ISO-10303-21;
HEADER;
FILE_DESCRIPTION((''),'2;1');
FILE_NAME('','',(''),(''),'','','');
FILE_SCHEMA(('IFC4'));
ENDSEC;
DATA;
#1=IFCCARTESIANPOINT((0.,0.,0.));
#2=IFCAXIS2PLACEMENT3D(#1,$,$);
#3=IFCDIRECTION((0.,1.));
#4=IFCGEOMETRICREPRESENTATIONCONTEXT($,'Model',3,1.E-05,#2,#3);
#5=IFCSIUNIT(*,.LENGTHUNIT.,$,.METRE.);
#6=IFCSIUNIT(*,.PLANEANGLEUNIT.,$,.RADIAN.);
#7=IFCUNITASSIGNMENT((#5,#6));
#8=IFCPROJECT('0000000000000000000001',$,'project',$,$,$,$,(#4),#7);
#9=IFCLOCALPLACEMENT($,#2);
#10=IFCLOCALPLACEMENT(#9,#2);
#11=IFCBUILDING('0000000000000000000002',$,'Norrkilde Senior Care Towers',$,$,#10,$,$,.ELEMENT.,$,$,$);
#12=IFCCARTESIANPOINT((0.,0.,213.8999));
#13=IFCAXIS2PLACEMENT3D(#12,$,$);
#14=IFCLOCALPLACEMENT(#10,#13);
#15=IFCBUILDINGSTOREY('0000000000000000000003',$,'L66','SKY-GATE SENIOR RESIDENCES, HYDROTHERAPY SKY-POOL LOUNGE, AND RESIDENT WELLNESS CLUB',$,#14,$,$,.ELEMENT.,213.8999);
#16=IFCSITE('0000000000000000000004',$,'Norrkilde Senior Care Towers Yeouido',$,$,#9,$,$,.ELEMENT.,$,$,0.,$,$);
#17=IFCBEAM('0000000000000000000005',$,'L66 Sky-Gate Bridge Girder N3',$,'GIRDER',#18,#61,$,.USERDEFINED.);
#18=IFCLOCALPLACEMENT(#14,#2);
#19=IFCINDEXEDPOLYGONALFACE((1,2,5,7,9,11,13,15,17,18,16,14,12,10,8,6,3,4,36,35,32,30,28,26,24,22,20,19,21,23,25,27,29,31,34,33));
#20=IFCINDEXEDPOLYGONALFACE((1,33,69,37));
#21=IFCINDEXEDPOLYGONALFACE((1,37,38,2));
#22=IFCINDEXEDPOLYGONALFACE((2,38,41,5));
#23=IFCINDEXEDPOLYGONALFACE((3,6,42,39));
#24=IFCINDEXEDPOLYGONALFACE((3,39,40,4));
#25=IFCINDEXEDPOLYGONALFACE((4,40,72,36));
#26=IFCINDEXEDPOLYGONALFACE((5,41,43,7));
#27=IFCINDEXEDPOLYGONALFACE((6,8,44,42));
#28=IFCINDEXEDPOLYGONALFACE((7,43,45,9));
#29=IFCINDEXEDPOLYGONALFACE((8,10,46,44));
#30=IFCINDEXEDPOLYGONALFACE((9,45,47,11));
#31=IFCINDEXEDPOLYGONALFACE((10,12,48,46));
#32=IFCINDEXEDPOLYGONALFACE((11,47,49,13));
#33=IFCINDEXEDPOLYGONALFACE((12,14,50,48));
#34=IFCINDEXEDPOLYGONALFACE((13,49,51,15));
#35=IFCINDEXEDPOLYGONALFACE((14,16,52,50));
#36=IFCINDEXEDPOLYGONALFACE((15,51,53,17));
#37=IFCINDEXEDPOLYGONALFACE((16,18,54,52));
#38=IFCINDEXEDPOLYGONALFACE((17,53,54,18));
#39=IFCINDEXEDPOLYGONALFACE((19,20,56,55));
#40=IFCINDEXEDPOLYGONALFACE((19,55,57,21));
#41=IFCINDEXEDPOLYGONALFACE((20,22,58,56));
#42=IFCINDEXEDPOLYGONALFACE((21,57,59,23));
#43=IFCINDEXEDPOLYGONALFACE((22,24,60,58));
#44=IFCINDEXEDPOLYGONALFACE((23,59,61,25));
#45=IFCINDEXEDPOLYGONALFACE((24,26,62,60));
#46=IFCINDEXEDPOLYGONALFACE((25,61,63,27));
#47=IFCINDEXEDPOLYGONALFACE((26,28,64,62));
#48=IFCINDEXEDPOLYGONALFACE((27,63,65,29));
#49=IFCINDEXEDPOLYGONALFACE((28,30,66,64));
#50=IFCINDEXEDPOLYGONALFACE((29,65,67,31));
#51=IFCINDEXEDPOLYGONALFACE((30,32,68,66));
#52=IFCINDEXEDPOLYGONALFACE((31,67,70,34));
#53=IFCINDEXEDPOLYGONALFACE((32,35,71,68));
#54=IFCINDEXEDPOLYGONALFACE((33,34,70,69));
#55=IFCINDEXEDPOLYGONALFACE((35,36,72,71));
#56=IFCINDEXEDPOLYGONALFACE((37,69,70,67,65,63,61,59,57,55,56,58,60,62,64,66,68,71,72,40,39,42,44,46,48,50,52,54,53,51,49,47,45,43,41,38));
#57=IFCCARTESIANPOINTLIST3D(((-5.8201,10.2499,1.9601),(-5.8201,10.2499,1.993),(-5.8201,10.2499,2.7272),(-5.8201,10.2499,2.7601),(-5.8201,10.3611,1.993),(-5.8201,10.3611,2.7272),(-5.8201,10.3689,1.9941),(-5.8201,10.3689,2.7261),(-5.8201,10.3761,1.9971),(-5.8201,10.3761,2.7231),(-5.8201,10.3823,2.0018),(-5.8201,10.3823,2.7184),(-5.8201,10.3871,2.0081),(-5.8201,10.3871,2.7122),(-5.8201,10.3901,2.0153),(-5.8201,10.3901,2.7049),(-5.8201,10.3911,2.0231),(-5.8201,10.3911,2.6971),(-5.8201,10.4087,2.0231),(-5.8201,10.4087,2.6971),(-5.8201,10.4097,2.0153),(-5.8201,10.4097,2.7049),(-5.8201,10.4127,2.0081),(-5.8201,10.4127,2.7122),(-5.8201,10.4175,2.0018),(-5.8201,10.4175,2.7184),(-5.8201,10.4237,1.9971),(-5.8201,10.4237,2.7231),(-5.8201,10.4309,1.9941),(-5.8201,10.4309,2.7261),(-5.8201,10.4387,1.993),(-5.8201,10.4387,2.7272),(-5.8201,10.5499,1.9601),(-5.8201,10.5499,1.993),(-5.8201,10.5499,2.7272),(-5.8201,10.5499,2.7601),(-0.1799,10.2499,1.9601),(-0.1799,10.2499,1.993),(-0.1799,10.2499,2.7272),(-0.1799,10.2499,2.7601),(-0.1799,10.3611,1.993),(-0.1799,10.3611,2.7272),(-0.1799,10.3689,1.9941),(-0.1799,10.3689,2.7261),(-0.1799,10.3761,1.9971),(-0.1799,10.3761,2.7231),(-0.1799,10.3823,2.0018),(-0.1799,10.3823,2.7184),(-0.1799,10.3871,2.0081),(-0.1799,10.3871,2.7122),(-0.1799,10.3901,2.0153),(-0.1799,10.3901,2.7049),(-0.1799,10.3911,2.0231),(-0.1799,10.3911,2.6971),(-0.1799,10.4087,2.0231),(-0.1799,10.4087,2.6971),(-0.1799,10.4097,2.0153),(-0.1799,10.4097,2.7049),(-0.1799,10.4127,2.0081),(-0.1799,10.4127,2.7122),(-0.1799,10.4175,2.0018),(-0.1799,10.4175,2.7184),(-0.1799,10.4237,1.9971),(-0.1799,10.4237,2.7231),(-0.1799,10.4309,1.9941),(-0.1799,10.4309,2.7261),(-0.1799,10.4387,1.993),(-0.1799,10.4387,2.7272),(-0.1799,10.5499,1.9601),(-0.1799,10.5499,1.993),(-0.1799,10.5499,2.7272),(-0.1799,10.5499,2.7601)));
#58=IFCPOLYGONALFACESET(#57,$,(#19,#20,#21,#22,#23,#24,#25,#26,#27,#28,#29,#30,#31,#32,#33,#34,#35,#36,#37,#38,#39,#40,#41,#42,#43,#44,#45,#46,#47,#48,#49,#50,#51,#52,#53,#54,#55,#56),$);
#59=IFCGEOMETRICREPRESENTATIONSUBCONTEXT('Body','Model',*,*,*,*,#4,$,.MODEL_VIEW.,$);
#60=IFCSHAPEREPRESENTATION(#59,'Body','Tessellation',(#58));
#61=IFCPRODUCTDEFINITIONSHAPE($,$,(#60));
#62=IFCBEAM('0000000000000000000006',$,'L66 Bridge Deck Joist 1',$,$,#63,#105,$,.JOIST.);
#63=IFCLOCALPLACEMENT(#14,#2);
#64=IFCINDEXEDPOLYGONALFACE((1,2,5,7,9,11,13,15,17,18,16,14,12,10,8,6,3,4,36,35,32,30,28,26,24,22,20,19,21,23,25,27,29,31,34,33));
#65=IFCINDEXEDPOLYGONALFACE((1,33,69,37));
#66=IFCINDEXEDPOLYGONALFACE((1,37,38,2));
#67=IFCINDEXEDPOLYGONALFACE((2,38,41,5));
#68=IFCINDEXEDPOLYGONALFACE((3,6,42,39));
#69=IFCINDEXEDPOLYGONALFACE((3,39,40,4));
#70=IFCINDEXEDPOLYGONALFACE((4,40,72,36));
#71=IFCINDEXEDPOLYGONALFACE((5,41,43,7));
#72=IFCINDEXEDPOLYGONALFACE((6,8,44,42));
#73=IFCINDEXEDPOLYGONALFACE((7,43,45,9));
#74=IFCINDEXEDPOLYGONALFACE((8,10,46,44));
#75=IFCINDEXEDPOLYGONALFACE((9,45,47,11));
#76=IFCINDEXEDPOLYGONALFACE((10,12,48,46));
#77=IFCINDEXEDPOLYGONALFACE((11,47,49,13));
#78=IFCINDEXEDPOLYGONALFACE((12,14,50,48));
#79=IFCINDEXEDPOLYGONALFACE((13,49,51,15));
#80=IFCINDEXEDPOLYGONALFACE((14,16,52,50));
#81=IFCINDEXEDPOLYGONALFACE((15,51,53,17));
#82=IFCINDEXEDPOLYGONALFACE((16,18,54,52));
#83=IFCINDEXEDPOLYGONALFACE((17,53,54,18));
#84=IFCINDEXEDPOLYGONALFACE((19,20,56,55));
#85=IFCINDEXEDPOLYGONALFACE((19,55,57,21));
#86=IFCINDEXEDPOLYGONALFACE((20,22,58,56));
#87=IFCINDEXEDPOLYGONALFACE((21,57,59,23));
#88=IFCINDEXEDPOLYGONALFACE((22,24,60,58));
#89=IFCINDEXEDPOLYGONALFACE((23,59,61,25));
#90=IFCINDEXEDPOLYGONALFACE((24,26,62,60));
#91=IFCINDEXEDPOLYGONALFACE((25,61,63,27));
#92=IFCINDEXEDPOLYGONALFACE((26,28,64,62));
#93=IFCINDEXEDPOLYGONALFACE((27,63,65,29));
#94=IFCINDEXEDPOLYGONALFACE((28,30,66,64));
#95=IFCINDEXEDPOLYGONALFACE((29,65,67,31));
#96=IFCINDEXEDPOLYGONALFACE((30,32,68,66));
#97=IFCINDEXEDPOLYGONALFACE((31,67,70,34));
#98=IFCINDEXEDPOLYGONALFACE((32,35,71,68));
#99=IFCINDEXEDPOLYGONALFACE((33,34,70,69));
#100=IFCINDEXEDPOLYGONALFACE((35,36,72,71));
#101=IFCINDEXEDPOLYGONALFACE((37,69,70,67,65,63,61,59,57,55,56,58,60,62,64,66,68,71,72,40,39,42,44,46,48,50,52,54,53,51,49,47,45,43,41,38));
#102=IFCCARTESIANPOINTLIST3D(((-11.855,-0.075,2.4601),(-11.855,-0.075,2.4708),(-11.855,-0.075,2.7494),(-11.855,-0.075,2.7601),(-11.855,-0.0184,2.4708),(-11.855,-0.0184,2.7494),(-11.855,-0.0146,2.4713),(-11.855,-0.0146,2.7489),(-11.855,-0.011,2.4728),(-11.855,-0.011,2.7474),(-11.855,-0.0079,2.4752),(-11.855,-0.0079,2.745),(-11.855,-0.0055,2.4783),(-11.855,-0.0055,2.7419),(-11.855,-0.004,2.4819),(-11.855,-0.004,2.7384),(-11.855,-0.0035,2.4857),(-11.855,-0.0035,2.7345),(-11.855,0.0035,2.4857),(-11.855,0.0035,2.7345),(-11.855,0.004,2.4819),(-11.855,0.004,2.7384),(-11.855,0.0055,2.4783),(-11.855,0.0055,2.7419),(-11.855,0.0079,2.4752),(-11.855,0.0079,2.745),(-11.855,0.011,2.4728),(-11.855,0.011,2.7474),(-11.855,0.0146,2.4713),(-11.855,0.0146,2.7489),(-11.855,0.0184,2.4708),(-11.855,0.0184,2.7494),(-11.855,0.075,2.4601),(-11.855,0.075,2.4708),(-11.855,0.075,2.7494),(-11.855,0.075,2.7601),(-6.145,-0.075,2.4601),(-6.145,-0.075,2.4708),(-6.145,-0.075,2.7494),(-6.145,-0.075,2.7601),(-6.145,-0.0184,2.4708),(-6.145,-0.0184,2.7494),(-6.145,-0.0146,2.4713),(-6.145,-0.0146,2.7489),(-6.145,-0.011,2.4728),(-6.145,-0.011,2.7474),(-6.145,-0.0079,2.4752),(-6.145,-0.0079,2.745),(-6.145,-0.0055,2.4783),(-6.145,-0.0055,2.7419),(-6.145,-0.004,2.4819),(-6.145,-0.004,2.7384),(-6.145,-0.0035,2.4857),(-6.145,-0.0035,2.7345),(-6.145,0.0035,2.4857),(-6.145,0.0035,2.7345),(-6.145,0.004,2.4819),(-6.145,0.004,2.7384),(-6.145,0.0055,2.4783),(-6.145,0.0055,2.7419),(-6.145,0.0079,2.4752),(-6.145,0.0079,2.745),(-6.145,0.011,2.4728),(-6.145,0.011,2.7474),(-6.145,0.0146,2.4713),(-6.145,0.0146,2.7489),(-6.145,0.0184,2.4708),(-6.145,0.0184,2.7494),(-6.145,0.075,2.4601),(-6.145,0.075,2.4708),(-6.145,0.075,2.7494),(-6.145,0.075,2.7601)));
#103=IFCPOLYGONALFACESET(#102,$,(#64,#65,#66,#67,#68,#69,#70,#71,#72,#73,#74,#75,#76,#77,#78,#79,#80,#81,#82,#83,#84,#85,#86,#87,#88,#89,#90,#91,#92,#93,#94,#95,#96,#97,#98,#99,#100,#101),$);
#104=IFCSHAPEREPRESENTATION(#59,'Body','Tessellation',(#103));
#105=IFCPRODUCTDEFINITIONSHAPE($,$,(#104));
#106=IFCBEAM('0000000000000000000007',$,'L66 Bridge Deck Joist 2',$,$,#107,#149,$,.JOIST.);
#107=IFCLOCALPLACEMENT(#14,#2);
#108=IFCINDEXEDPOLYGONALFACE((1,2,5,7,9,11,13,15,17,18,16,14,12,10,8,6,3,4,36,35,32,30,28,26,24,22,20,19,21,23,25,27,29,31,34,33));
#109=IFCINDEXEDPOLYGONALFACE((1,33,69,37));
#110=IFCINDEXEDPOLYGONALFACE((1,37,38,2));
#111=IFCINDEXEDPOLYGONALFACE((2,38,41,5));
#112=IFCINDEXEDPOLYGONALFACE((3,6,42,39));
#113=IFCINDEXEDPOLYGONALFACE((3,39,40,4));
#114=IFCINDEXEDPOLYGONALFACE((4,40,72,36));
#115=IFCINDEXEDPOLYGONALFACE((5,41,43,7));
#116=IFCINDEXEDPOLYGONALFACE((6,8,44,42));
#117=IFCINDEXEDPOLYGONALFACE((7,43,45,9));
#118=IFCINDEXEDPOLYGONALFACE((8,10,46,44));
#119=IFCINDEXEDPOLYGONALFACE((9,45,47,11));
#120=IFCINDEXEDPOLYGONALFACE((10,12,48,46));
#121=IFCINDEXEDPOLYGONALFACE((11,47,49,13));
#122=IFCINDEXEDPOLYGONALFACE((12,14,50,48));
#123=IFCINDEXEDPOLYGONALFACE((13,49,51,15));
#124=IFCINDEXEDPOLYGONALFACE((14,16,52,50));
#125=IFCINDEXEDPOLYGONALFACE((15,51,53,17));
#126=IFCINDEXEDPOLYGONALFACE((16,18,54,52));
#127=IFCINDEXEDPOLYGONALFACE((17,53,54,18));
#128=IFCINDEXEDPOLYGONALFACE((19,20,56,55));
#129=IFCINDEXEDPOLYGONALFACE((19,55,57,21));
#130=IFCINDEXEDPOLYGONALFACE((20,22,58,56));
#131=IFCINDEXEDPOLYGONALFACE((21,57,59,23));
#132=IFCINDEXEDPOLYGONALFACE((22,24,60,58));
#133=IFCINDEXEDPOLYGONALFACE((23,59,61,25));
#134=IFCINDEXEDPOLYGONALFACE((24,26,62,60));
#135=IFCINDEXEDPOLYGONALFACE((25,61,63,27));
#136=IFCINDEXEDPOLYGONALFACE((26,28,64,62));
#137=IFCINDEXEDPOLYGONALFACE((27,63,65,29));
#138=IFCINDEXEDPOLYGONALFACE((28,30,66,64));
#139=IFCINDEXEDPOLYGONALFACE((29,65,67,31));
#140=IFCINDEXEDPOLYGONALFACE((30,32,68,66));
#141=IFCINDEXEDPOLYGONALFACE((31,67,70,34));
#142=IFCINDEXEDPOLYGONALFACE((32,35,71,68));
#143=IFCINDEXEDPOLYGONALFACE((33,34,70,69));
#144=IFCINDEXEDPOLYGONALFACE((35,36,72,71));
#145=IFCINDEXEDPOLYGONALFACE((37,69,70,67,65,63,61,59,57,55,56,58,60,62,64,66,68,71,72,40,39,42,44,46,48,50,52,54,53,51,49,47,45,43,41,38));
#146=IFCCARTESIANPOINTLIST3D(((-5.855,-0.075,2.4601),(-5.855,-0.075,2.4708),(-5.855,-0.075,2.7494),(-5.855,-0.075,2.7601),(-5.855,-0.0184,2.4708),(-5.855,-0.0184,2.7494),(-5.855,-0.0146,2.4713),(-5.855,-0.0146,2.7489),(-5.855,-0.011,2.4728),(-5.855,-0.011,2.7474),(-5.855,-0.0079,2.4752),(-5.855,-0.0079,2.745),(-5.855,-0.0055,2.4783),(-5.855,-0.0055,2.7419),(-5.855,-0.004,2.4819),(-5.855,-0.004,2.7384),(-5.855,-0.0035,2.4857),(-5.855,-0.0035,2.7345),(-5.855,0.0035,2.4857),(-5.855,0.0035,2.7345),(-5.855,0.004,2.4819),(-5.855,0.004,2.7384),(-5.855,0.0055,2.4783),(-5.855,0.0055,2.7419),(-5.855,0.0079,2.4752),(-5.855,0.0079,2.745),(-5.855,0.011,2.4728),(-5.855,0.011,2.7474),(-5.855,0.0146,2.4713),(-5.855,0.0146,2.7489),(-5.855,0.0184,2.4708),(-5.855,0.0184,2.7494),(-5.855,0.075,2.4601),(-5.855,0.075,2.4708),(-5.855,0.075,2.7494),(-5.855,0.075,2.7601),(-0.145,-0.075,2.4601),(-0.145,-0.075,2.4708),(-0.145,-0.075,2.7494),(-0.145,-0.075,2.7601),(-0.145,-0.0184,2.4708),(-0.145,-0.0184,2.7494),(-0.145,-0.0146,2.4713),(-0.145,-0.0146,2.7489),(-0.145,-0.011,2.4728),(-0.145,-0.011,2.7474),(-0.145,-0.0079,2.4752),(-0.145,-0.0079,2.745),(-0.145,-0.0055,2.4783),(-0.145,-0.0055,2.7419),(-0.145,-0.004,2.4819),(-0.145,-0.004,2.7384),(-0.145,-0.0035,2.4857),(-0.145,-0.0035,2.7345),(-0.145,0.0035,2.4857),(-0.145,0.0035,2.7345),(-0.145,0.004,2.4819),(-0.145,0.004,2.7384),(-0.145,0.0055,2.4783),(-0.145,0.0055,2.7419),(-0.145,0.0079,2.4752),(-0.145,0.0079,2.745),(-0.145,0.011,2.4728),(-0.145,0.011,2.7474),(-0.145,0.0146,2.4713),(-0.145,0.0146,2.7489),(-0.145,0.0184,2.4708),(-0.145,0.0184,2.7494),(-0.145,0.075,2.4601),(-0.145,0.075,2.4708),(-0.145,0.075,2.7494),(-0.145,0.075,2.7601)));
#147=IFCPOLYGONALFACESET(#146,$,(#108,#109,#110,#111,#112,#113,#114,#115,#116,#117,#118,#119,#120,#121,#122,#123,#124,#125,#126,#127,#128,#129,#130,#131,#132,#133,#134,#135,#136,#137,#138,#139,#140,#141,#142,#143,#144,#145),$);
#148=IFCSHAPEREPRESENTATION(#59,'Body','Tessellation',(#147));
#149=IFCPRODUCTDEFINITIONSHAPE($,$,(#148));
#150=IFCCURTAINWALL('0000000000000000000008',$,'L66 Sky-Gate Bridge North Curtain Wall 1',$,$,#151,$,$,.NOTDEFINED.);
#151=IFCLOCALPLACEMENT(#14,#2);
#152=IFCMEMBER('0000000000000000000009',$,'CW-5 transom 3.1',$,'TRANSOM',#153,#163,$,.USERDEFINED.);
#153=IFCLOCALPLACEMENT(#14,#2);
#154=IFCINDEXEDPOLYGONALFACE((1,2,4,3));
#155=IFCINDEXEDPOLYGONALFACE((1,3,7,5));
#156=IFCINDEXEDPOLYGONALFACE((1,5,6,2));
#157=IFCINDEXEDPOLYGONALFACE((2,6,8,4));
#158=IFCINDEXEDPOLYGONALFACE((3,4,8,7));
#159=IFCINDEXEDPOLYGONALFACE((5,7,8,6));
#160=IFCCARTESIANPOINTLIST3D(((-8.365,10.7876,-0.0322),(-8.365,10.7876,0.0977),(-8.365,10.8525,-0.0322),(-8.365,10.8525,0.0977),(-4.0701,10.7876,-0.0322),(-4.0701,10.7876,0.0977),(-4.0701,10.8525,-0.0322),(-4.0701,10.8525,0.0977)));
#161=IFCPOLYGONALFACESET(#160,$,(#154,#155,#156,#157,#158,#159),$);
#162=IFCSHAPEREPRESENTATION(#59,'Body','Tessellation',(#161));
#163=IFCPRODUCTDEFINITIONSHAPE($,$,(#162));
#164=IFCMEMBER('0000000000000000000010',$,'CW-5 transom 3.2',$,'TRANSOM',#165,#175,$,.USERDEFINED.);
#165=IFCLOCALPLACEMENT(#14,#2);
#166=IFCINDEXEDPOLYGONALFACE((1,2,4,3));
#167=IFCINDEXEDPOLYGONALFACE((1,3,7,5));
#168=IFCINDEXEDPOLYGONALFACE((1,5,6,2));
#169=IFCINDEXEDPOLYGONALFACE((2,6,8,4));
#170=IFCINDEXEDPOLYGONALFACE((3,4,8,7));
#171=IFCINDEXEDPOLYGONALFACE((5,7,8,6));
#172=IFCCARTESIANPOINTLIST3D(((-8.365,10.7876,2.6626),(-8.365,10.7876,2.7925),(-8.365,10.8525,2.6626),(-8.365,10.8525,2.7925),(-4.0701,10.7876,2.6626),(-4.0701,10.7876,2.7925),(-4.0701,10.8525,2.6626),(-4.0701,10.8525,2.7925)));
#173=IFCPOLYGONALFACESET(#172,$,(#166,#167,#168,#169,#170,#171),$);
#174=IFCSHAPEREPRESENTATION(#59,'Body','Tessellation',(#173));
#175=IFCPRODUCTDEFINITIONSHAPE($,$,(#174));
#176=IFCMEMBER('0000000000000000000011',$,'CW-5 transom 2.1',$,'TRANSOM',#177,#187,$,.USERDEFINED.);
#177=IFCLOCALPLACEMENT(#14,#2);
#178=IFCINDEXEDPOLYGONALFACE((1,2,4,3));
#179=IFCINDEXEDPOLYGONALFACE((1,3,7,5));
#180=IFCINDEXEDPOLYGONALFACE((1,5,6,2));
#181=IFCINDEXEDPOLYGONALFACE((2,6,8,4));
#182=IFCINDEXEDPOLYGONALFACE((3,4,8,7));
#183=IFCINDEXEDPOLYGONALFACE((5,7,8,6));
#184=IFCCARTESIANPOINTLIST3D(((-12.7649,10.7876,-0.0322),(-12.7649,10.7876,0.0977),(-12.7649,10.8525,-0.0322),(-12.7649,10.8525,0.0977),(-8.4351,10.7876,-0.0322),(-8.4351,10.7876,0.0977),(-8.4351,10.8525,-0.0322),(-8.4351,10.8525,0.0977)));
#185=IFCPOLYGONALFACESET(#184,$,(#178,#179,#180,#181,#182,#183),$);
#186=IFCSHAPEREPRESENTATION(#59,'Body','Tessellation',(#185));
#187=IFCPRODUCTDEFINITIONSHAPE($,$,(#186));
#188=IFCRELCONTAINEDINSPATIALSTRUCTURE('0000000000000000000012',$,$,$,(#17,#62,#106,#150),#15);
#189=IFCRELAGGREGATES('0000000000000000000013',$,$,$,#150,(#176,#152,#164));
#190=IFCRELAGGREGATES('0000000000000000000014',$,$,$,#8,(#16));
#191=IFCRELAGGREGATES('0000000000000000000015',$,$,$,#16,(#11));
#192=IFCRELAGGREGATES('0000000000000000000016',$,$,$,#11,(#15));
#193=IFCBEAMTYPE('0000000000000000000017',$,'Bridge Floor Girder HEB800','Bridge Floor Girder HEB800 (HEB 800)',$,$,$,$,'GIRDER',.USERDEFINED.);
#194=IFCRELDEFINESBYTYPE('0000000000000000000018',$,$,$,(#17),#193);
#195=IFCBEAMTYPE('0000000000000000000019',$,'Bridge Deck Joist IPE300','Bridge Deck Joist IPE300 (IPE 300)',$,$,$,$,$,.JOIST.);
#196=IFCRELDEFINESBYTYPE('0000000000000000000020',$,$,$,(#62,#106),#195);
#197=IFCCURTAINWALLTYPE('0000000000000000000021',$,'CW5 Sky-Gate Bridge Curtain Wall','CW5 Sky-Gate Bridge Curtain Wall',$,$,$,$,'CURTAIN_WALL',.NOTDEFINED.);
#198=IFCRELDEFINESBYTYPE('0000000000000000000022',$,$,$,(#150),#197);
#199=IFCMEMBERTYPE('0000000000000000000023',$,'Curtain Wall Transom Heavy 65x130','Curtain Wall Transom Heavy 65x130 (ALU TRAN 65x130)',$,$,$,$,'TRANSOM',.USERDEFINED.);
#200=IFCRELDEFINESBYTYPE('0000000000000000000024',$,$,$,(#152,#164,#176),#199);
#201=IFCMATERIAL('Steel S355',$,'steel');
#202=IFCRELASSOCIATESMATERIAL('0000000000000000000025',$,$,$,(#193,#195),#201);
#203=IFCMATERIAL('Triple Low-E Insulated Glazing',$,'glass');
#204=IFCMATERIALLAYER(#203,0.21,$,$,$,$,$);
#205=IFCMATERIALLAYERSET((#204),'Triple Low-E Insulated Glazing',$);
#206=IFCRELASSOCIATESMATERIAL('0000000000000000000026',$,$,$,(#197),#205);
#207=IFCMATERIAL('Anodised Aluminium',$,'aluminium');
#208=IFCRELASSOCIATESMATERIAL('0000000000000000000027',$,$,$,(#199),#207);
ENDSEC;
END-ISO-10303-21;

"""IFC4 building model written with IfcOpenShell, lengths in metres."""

from ifc_helpers import new_model, si_unit, direction, frame, origin, origin_2d, place, context, subcontext, project, spatial, rectangle, i_section, extrude, source, transform, mapped, material, layer, layer_set, material_profile, profile_set, type_object, type_shapes, element, aggregate, save


model = new_model("IFC4")

# Units and contexts
model_context = context("Model", 3, precision=1e-05, world=origin(), true_north=direction((0.0, 1.0)))
body_context = subcontext(model_context, "Body", "Model", "MODEL_VIEW")
ifc_project = project(units=[si_unit("LENGTHUNIT", "METRE"), si_unit("PLANEANGLEUNIT", "RADIAN")], contexts=[model_context])

# Site, building, storey
site_placement = place(None, origin())
site = spatial("IfcSite", under=ifc_project, at=site_placement, Name="Norrkilde Senior Care Towers Yeouido", CompositionType="ELEMENT", RefElevation=0.0)
building_placement = place(site_placement, origin())
building = spatial("IfcBuilding", under=site, at=building_placement, Name="Norrkilde Senior Care Towers", CompositionType="ELEMENT")
storey_placement = place(building_placement, frame((0.0, 0.0, 213.8999)))
storey = spatial("IfcBuildingStorey", under=building, at=storey_placement, Name="L66", Description="SKY-GATE SENIOR RESIDENCES, HYDROTHERAPY SKY-POOL LOUNGE, AND RESIDENT WELLNESS CLUB", CompositionType="ELEMENT", Elevation=213.8999)

# Shared definitions
ifc_material_1 = material(Name="Steel S355", Category="steel")

# Beams
ifc_material_profile_1 = material_profile(ifc_material_1, i_section(OverallWidth=0.3, OverallDepth=0.8, WebThickness=0.0176, FlangeThickness=0.033, FilletRadius=0.03, at=origin_2d()), Name="HEB 800")
ifc_profile_set_1 = profile_set([ifc_material_profile_1], Name="Steel S355")
beam_type_1 = type_object("IfcBeamType", Name="Bridge Floor Girder HEB800", Description="Bridge Floor Girder HEB800 (HEB 800)", ElementType="GIRDER", PredefinedType="USERDEFINED", material=ifc_profile_set_1)
shared_shape_1 = source(origin(), body_context, "Body", "SweptSolid", [
    extrude(i_section(OverallWidth=0.3, OverallDepth=0.8, WebThickness=0.0176, FlangeThickness=0.033, FilletRadius=0.03, at=origin_2d()), origin(), (0.0, 0.0, 1.0), 5.6401),
])
type_shapes(beam_type_1, [shared_shape_1])
for number, where, z_axis, x_axis, name in (
    (1, (-5.8201, 10.3999, 2.3601), (1.0, 0.0, 0.0), (0.0, 1.0, 0.0), "L66 Sky-Gate Bridge Girder N3"),
):
    element("IfcBeam", number, at=place(storey_placement, frame(where, z_axis=z_axis, x_axis=x_axis)), inside=storey, type_object=beam_type_1, Name=name, ObjectType="GIRDER", PredefinedType="USERDEFINED", context=body_context, shape_type="MappedRepresentation", body=[
        mapped(shared_shape_1, transform((0.0, 0.0, 0.0), x_axis=(1.0, 0.0, 0.0), y_axis=(0.0, 1.0, 0.0), z_axis=(0.0, 0.0, 1.0), scale=1.0)),
    ])
ifc_material_profile_2 = material_profile(ifc_material_1, i_section(OverallWidth=0.1499, OverallDepth=0.3, WebThickness=0.0071, FlangeThickness=0.0107, FilletRadius=0.0149, at=origin_2d()), Name="IPE 300")
ifc_profile_set_2 = profile_set([ifc_material_profile_2], Name="Steel S355")
beam_type_2 = type_object("IfcBeamType", Name="Bridge Deck Joist IPE300", Description="Bridge Deck Joist IPE300 (IPE 300)", PredefinedType="JOIST", material=ifc_profile_set_2)
shared_shape_2 = source(origin(), body_context, "Body", "SweptSolid", [
    extrude(i_section(OverallWidth=0.1499, OverallDepth=0.3, WebThickness=0.0071, FlangeThickness=0.0107, FilletRadius=0.0149, at=origin_2d()), origin(), (0.0, 0.0, 1.0), 5.71),
])
type_shapes(beam_type_2, [shared_shape_2])
for number, where, z_axis, x_axis, name in (
    (2, (-11.855, 0.0, 2.6101), (1.0, 0.0, 0.0), (0.0, 1.0, 0.0), "L66 Bridge Deck Joist 1"),
    (3, (-5.855, 0.0, 2.6101), (1.0, 0.0, 0.0), (0.0, 1.0, 0.0), "L66 Bridge Deck Joist 2"),
):
    element("IfcBeam", number, at=place(storey_placement, frame(where, z_axis=z_axis, x_axis=x_axis)), inside=storey, type_object=beam_type_2, Name=name, PredefinedType="JOIST", context=body_context, shape_type="MappedRepresentation", body=[
        mapped(shared_shape_2, transform((0.0, 0.0, 0.0), x_axis=(1.0, 0.0, 0.0), y_axis=(0.0, 1.0, 0.0), z_axis=(0.0, 0.0, 1.0), scale=1.0)),
    ])

# Curtain wall, members
ifc_material_2 = material(Name="Triple Low-E Insulated Glazing", Category="glass")
ifc_layer_1 = layer(ifc_material_2, 0.21)
ifc_layer_set_1 = layer_set([ifc_layer_1], Name="Triple Low-E Insulated Glazing")
curtain_wall_type = type_object("IfcCurtainWallType", Name="CW5 Sky-Gate Bridge Curtain Wall", Description="CW5 Sky-Gate Bridge Curtain Wall", ElementType="CURTAIN_WALL", PredefinedType="NOTDEFINED", material=ifc_layer_set_1)
curtain_wall_1_placement = place(storey_placement, origin())
curtain_wall_1 = element("IfcCurtainWall", 4, at=curtain_wall_1_placement, inside=storey, type_object=curtain_wall_type, Name="L66 Sky-Gate Bridge North Curtain Wall 1", PredefinedType="NOTDEFINED")
ifc_material_3 = material(Name="Anodised Aluminium", Category="aluminium")
ifc_material_profile_3 = material_profile(ifc_material_3, rectangle(XDim=0.0649, YDim=0.1299, at=origin_2d()), Name="ALU TRAN 65x130")
ifc_profile_set_3 = profile_set([ifc_material_profile_3], Name="Anodised Aluminium")
member_type_1 = type_object("IfcMemberType", Name="Curtain Wall Transom Heavy 65x130", Description="Curtain Wall Transom Heavy 65x130 (ALU TRAN 65x130)", ElementType="TRANSOM", PredefinedType="USERDEFINED", material=ifc_profile_set_3)
shared_shape_3 = source(origin(), body_context, "Body", "SweptSolid", [
    extrude(rectangle(XDim=0.0649, YDim=0.1299, at=origin_2d()), origin(), (0.0, 0.0, 1.0), 4.2949),
])
member_1_placement = place(storey_placement, frame((-8.365, 10.8201, 0.0327), z_axis=(1.0, 0.0, 0.0), x_axis=(0.0, 1.0, 0.0)))
member_1 = element("IfcMember", 5, at=member_1_placement, type_object=member_type_1, Name="CW-5 transom 3.1", ObjectType="TRANSOM", PredefinedType="USERDEFINED", context=body_context, shape_type="MappedRepresentation", body=[
    mapped(shared_shape_3, transform((0.0, 0.0, 0.0), x_axis=(1.0, 0.0, 0.0), y_axis=(0.0, 1.0, 0.0), z_axis=(0.0, 0.0, 1.0), scale=1.0)),
])
member_2_placement = place(storey_placement, frame((-8.365, 10.8201, 2.7275), z_axis=(1.0, 0.0, 0.0), x_axis=(0.0, 1.0, 0.0)))
member_2 = element("IfcMember", 6, at=member_2_placement, type_object=member_type_1, Name="CW-5 transom 3.2", ObjectType="TRANSOM", PredefinedType="USERDEFINED", context=body_context, shape_type="MappedRepresentation", body=[
    mapped(shared_shape_3, transform((0.0, 0.0, 0.0), x_axis=(1.0, 0.0, 0.0), y_axis=(0.0, 1.0, 0.0), z_axis=(0.0, 0.0, 1.0), scale=1.0)),
])
shared_shape_4 = source(origin(), body_context, "Body", "SweptSolid", [
    extrude(rectangle(XDim=0.0649, YDim=0.1299, at=origin_2d()), origin(), (0.0, 0.0, 1.0), 4.3298),
])
member_3_placement = place(storey_placement, frame((-12.7649, 10.8201, 0.0327), z_axis=(1.0, 0.0, 0.0), x_axis=(0.0, 1.0, 0.0)))
member_3 = element("IfcMember", 7, at=member_3_placement, type_object=member_type_1, Name="CW-5 transom 2.1", ObjectType="TRANSOM", PredefinedType="USERDEFINED", context=body_context, shape_type="MappedRepresentation", body=[
    mapped(shared_shape_4, transform((0.0, 0.0, 0.0), x_axis=(1.0, 0.0, 0.0), y_axis=(0.0, 1.0, 0.0), z_axis=(0.0, 0.0, 1.0), scale=1.0)),
])

aggregate(curtain_wall_1, [member_3, member_1, member_2])

save(model, "model.ifc")
